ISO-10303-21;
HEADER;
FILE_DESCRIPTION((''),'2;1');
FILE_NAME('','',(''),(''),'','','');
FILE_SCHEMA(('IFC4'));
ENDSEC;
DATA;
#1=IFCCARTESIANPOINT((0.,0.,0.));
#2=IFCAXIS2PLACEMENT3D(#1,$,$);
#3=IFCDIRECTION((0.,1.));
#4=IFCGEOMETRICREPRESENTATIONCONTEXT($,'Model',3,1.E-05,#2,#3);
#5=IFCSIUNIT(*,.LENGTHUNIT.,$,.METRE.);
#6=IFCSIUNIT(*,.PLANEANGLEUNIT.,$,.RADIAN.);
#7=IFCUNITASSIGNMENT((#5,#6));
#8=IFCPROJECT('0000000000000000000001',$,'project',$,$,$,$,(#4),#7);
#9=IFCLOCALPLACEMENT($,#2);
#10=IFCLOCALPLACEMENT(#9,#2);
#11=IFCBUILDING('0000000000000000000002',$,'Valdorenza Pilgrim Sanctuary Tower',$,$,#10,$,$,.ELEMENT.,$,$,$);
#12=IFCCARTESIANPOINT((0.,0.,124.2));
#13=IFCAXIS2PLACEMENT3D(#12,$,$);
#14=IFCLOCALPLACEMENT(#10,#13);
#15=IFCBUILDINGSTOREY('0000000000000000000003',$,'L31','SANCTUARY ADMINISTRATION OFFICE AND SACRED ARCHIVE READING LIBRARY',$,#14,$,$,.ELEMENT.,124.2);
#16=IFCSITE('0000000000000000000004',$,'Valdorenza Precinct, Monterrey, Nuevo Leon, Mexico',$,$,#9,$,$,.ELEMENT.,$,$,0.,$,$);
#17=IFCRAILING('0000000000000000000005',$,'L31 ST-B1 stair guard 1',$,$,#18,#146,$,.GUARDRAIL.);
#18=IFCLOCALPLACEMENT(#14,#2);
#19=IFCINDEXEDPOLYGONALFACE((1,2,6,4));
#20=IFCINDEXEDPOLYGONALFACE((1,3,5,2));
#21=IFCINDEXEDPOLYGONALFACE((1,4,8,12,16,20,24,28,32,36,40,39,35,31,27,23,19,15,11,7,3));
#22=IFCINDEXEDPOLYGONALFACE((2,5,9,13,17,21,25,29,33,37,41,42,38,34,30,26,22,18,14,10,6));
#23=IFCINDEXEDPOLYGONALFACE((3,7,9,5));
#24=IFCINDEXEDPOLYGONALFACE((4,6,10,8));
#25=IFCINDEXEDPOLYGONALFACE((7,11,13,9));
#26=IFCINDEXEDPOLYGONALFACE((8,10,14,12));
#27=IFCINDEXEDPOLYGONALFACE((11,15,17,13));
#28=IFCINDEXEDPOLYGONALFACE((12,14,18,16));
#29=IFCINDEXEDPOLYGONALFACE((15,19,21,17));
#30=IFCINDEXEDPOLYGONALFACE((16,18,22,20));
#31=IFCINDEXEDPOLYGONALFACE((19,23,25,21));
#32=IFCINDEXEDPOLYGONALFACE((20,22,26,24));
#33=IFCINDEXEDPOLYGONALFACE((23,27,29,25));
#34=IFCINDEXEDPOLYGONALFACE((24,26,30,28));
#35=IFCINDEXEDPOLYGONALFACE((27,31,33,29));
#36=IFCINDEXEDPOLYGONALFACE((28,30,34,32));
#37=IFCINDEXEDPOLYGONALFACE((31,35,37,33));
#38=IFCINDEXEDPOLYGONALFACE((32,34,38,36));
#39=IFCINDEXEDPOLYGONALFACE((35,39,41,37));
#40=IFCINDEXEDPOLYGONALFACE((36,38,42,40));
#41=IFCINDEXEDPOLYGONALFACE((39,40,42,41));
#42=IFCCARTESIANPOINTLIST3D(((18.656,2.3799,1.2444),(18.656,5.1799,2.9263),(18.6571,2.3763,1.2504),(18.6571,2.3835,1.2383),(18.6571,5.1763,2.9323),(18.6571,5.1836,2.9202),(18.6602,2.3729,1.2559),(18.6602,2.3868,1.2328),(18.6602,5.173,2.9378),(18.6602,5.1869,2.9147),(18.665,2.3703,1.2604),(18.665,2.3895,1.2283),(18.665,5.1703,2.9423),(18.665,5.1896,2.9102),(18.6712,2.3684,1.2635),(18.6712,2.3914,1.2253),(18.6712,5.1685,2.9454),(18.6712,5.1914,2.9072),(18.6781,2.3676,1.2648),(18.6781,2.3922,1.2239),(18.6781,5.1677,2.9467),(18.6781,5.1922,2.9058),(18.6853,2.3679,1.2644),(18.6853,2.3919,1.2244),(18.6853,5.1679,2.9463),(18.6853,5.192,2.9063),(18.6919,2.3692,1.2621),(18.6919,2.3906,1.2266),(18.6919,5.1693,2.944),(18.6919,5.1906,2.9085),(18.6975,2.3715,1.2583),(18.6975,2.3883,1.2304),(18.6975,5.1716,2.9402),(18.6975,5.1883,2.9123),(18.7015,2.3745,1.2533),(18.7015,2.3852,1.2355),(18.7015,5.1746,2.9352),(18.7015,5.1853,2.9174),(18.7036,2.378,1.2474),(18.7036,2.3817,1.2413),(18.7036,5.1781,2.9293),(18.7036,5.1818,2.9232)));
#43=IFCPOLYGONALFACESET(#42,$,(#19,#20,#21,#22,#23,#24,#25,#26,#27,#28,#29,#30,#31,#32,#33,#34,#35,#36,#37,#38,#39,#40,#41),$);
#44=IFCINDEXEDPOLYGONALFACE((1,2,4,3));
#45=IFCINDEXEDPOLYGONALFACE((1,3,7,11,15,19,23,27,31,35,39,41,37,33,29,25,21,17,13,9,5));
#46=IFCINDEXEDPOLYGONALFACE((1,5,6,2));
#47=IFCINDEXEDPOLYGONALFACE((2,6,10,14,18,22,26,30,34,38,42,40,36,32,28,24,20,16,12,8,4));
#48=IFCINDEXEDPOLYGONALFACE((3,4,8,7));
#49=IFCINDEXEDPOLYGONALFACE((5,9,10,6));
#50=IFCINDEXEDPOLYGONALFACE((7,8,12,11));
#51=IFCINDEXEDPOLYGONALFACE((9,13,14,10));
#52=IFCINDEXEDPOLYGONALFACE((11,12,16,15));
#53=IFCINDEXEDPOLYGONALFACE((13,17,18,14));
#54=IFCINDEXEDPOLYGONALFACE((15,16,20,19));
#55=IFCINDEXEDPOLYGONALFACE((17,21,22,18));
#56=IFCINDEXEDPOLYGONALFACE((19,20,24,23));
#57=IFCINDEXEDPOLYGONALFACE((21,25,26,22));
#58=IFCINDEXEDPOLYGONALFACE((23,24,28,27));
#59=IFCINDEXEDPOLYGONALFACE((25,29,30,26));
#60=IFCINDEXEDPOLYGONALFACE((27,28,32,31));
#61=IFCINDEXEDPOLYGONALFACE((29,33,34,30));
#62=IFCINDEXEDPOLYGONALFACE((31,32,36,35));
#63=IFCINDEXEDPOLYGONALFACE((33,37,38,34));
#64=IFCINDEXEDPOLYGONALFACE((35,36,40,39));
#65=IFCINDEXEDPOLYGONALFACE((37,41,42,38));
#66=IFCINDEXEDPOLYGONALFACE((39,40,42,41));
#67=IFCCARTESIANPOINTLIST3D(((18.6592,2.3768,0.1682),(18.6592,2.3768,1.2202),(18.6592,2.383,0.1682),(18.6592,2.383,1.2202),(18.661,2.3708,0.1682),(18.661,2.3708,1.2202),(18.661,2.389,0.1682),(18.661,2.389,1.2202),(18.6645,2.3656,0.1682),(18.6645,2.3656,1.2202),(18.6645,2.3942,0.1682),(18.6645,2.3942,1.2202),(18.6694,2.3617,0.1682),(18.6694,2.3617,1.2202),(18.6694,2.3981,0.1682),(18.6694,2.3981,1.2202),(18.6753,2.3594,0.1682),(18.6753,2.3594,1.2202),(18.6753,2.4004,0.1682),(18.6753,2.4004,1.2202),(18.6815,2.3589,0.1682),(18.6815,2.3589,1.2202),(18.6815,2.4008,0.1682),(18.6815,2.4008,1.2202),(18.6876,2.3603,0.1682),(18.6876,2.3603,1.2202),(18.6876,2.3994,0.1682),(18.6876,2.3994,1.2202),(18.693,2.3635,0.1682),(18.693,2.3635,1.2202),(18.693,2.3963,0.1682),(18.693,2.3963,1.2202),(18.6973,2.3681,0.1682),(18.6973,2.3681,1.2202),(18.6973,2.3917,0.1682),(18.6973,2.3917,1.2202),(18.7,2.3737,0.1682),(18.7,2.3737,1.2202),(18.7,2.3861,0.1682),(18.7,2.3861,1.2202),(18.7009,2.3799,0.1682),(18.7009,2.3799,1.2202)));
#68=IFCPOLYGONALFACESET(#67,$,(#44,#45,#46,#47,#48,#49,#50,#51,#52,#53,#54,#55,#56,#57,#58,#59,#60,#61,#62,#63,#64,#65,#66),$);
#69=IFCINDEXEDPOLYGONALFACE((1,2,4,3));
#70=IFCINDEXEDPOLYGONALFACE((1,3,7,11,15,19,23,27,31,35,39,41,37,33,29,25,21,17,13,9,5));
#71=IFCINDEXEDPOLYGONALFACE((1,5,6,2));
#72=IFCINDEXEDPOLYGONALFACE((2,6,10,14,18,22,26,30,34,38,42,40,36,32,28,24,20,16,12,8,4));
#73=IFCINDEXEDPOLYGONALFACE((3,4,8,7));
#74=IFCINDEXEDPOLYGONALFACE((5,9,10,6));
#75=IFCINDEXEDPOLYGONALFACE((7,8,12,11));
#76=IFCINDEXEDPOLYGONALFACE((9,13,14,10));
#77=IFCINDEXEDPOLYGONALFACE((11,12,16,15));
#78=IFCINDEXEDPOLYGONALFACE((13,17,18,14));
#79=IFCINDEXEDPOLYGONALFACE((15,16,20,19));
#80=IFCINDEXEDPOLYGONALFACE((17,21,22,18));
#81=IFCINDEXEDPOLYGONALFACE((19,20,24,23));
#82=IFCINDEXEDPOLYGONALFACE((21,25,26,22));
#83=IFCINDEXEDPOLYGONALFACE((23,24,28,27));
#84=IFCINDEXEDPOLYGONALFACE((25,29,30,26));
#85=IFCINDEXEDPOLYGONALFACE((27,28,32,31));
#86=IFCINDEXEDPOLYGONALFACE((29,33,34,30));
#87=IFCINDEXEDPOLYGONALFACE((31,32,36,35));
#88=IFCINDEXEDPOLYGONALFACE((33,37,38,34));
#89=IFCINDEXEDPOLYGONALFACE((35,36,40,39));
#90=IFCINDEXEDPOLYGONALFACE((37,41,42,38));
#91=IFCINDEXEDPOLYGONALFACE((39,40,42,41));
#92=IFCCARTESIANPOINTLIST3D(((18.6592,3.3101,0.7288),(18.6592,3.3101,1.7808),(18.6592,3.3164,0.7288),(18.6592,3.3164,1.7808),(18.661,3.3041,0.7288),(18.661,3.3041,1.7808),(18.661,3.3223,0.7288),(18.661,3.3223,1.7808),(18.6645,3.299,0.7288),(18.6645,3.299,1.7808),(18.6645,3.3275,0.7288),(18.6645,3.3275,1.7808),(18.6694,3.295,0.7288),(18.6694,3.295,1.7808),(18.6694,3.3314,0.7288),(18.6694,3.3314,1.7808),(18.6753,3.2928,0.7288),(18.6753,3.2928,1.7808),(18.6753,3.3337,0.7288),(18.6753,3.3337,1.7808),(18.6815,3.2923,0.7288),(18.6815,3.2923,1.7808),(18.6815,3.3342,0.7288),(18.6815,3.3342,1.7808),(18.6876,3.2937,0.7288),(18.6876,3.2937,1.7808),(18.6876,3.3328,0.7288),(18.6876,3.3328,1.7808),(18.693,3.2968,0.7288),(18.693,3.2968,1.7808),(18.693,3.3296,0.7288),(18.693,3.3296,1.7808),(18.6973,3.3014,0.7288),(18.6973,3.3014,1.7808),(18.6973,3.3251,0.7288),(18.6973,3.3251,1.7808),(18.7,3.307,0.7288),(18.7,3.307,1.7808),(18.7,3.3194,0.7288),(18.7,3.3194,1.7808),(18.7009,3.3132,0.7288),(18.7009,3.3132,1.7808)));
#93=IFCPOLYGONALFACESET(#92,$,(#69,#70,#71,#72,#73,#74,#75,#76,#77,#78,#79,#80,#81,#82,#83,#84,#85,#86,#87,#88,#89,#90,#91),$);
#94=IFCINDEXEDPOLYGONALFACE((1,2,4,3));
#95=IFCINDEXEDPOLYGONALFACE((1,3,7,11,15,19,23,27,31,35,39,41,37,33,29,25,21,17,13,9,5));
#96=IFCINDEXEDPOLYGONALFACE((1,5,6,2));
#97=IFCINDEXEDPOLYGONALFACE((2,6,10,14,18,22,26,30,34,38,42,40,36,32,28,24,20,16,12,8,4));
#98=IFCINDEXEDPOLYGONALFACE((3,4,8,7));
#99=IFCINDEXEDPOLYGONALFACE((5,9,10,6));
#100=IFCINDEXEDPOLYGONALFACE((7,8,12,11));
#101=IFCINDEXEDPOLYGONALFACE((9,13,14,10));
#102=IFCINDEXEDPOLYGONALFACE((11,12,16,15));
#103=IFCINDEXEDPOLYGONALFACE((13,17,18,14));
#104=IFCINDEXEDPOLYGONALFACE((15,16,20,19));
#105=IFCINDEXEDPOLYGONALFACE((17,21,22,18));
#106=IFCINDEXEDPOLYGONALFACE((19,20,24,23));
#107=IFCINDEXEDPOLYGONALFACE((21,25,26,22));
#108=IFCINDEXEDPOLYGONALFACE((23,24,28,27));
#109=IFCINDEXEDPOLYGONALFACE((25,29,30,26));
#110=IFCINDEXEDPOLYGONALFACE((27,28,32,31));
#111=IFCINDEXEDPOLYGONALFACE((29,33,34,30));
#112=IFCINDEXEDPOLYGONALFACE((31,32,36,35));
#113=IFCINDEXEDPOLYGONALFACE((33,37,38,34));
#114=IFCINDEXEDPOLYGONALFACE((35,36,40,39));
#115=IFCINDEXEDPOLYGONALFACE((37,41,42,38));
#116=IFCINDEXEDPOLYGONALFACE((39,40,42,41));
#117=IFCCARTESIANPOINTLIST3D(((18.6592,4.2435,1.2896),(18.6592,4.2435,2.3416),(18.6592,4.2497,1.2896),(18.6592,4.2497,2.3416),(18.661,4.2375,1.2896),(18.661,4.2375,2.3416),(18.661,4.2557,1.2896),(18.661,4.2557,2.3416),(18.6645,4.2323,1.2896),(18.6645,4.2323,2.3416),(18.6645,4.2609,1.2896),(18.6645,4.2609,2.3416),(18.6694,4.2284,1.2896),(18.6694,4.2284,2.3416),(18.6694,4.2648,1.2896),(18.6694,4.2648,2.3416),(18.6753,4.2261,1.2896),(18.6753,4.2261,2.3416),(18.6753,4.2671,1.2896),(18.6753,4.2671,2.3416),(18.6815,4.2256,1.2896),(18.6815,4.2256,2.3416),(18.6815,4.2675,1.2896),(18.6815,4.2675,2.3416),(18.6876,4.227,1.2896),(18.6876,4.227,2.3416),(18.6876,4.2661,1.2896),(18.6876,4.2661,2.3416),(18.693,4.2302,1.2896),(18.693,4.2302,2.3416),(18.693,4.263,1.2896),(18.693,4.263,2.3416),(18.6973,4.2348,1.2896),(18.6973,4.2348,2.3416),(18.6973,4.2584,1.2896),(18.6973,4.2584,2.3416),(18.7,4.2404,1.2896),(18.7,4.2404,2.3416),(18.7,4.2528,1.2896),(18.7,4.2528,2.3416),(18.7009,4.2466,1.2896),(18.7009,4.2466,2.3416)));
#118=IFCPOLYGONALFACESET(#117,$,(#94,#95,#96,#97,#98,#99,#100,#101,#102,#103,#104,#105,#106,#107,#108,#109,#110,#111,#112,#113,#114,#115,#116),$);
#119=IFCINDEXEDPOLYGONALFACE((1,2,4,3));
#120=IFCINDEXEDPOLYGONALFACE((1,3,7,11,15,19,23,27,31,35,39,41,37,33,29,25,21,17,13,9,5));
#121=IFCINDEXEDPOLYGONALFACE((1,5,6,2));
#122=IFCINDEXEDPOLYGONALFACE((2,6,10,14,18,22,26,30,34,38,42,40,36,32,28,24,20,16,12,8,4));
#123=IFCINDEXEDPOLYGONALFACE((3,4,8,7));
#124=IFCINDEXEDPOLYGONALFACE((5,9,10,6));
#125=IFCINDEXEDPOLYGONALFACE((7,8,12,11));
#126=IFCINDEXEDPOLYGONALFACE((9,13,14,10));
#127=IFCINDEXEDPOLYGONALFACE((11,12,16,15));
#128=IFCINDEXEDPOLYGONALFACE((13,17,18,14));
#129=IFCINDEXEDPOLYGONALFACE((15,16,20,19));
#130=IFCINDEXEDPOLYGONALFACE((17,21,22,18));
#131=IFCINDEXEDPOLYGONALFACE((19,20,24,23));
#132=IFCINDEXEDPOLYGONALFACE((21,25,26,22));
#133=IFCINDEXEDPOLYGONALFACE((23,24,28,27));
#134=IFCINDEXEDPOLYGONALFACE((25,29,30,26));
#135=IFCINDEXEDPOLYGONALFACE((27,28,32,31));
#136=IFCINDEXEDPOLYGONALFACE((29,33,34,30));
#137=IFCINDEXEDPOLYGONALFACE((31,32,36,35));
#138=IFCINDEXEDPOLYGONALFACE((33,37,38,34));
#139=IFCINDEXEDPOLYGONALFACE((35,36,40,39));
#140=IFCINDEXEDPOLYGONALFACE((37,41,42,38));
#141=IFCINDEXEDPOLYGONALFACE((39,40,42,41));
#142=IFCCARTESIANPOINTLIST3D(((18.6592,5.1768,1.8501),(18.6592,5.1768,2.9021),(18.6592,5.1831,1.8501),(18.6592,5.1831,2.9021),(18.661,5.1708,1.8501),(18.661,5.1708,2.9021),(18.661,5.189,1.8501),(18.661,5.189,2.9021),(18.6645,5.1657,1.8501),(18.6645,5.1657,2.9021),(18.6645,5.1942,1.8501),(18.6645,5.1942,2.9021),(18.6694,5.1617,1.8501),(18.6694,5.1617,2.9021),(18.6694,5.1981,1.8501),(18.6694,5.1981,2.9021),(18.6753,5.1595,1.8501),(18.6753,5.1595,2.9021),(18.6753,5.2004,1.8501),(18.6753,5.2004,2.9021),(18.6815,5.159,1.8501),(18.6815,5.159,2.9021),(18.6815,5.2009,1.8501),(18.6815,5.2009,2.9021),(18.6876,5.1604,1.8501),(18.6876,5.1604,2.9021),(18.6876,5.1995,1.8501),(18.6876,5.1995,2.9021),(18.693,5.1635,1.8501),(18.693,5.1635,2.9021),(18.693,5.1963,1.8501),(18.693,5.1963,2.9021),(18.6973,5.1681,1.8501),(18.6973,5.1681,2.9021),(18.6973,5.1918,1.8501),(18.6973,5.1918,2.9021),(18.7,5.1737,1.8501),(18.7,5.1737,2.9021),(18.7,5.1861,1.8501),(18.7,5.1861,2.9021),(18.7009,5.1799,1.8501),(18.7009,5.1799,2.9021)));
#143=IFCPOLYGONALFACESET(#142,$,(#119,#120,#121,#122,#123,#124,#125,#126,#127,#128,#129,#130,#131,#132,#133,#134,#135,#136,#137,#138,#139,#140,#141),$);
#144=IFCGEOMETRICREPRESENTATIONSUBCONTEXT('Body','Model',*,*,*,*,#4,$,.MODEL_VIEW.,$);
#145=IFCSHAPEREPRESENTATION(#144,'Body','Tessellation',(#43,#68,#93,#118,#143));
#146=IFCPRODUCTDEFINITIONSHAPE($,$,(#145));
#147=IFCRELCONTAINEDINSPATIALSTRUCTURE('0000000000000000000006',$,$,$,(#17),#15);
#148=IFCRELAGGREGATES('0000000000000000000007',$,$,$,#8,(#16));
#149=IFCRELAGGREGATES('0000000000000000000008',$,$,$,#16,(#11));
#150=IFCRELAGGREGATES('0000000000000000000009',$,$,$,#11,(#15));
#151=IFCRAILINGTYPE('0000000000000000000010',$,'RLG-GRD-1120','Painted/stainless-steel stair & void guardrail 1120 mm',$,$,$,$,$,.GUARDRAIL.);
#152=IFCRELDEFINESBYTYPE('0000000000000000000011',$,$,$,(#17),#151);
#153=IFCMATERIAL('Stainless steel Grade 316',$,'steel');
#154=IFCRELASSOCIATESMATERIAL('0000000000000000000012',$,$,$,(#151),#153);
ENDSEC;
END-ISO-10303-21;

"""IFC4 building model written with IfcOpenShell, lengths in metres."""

from ifc_helpers import new_model, si_unit, direction, frame, origin, origin_2d, place, context, subcontext, project, spatial, circle, extrude, material, type_object, element, save


model = new_model("IFC4")

# Units and contexts
model_context = context("Model", 3, precision=1e-05, world=origin(), true_north=direction((0.0, 1.0)))
body_context = subcontext(model_context, "Body", "Model", "MODEL_VIEW")
ifc_project = project(units=[si_unit("LENGTHUNIT", "METRE"), si_unit("PLANEANGLEUNIT", "RADIAN")], contexts=[model_context])

# Site, building, storey
site_placement = place(None, origin())
site = spatial("IfcSite", under=ifc_project, at=site_placement, Name="Valdorenza Precinct, Monterrey, Nuevo Leon, Mexico", CompositionType="ELEMENT", RefElevation=0.0)
building_placement = place(site_placement, origin())
building = spatial("IfcBuilding", under=site, at=building_placement, Name="Valdorenza Pilgrim Sanctuary Tower", CompositionType="ELEMENT")
storey_placement = place(building_placement, frame((0.0, 0.0, 124.2)))
storey = spatial("IfcBuildingStorey", under=building, at=storey_placement, Name="L31", Description="SANCTUARY ADMINISTRATION OFFICE AND SACRED ARCHIVE READING LIBRARY", CompositionType="ELEMENT", Elevation=124.2)

# Railing
ifc_material_1 = material(Name="Stainless steel Grade 316", Category="steel")
railing_type_1 = type_object("IfcRailingType", Name="RLG-GRD-1120", Description="Painted/stainless-steel stair & void guardrail 1120 mm", PredefinedType="GUARDRAIL", material=ifc_material_1)
railing_1_placement = place(storey_placement, frame((18.6799, 2.3799, 0.1682)))
element("IfcRailing", 1, at=railing_1_placement, inside=storey, type_object=railing_type_1, Name="L31 ST-B1 stair guard 1", PredefinedType="GUARDRAIL", context=body_context, shape_type="SweptSolid", body=[
    extrude(circle(Radius=0.0239, at=origin_2d()), frame((0.0, 0.0, 1.0762), z_axis=(0.0, 0.857242, 0.514913), x_axis=(-1.0, 0.0, 0.0)), (0.0, 0.0, 1.0), 3.2664),
    extrude(circle(Radius=0.021, at=origin_2d()), origin(), (0.0, 0.0, 1.0), 1.052),
    extrude(circle(Radius=0.021, at=origin_2d()), frame((0.0, 0.9333, 0.5605)), (0.0, 0.0, 1.0), 1.052),
    extrude(circle(Radius=0.021, at=origin_2d()), frame((0.0, 1.8667, 1.1213)), (0.0, 0.0, 1.0), 1.052),
    extrude(circle(Radius=0.021, at=origin_2d()), frame((0.0, 2.8, 1.6819)), (0.0, 0.0, 1.0), 1.052),
])

save(model, "model.ifc")
